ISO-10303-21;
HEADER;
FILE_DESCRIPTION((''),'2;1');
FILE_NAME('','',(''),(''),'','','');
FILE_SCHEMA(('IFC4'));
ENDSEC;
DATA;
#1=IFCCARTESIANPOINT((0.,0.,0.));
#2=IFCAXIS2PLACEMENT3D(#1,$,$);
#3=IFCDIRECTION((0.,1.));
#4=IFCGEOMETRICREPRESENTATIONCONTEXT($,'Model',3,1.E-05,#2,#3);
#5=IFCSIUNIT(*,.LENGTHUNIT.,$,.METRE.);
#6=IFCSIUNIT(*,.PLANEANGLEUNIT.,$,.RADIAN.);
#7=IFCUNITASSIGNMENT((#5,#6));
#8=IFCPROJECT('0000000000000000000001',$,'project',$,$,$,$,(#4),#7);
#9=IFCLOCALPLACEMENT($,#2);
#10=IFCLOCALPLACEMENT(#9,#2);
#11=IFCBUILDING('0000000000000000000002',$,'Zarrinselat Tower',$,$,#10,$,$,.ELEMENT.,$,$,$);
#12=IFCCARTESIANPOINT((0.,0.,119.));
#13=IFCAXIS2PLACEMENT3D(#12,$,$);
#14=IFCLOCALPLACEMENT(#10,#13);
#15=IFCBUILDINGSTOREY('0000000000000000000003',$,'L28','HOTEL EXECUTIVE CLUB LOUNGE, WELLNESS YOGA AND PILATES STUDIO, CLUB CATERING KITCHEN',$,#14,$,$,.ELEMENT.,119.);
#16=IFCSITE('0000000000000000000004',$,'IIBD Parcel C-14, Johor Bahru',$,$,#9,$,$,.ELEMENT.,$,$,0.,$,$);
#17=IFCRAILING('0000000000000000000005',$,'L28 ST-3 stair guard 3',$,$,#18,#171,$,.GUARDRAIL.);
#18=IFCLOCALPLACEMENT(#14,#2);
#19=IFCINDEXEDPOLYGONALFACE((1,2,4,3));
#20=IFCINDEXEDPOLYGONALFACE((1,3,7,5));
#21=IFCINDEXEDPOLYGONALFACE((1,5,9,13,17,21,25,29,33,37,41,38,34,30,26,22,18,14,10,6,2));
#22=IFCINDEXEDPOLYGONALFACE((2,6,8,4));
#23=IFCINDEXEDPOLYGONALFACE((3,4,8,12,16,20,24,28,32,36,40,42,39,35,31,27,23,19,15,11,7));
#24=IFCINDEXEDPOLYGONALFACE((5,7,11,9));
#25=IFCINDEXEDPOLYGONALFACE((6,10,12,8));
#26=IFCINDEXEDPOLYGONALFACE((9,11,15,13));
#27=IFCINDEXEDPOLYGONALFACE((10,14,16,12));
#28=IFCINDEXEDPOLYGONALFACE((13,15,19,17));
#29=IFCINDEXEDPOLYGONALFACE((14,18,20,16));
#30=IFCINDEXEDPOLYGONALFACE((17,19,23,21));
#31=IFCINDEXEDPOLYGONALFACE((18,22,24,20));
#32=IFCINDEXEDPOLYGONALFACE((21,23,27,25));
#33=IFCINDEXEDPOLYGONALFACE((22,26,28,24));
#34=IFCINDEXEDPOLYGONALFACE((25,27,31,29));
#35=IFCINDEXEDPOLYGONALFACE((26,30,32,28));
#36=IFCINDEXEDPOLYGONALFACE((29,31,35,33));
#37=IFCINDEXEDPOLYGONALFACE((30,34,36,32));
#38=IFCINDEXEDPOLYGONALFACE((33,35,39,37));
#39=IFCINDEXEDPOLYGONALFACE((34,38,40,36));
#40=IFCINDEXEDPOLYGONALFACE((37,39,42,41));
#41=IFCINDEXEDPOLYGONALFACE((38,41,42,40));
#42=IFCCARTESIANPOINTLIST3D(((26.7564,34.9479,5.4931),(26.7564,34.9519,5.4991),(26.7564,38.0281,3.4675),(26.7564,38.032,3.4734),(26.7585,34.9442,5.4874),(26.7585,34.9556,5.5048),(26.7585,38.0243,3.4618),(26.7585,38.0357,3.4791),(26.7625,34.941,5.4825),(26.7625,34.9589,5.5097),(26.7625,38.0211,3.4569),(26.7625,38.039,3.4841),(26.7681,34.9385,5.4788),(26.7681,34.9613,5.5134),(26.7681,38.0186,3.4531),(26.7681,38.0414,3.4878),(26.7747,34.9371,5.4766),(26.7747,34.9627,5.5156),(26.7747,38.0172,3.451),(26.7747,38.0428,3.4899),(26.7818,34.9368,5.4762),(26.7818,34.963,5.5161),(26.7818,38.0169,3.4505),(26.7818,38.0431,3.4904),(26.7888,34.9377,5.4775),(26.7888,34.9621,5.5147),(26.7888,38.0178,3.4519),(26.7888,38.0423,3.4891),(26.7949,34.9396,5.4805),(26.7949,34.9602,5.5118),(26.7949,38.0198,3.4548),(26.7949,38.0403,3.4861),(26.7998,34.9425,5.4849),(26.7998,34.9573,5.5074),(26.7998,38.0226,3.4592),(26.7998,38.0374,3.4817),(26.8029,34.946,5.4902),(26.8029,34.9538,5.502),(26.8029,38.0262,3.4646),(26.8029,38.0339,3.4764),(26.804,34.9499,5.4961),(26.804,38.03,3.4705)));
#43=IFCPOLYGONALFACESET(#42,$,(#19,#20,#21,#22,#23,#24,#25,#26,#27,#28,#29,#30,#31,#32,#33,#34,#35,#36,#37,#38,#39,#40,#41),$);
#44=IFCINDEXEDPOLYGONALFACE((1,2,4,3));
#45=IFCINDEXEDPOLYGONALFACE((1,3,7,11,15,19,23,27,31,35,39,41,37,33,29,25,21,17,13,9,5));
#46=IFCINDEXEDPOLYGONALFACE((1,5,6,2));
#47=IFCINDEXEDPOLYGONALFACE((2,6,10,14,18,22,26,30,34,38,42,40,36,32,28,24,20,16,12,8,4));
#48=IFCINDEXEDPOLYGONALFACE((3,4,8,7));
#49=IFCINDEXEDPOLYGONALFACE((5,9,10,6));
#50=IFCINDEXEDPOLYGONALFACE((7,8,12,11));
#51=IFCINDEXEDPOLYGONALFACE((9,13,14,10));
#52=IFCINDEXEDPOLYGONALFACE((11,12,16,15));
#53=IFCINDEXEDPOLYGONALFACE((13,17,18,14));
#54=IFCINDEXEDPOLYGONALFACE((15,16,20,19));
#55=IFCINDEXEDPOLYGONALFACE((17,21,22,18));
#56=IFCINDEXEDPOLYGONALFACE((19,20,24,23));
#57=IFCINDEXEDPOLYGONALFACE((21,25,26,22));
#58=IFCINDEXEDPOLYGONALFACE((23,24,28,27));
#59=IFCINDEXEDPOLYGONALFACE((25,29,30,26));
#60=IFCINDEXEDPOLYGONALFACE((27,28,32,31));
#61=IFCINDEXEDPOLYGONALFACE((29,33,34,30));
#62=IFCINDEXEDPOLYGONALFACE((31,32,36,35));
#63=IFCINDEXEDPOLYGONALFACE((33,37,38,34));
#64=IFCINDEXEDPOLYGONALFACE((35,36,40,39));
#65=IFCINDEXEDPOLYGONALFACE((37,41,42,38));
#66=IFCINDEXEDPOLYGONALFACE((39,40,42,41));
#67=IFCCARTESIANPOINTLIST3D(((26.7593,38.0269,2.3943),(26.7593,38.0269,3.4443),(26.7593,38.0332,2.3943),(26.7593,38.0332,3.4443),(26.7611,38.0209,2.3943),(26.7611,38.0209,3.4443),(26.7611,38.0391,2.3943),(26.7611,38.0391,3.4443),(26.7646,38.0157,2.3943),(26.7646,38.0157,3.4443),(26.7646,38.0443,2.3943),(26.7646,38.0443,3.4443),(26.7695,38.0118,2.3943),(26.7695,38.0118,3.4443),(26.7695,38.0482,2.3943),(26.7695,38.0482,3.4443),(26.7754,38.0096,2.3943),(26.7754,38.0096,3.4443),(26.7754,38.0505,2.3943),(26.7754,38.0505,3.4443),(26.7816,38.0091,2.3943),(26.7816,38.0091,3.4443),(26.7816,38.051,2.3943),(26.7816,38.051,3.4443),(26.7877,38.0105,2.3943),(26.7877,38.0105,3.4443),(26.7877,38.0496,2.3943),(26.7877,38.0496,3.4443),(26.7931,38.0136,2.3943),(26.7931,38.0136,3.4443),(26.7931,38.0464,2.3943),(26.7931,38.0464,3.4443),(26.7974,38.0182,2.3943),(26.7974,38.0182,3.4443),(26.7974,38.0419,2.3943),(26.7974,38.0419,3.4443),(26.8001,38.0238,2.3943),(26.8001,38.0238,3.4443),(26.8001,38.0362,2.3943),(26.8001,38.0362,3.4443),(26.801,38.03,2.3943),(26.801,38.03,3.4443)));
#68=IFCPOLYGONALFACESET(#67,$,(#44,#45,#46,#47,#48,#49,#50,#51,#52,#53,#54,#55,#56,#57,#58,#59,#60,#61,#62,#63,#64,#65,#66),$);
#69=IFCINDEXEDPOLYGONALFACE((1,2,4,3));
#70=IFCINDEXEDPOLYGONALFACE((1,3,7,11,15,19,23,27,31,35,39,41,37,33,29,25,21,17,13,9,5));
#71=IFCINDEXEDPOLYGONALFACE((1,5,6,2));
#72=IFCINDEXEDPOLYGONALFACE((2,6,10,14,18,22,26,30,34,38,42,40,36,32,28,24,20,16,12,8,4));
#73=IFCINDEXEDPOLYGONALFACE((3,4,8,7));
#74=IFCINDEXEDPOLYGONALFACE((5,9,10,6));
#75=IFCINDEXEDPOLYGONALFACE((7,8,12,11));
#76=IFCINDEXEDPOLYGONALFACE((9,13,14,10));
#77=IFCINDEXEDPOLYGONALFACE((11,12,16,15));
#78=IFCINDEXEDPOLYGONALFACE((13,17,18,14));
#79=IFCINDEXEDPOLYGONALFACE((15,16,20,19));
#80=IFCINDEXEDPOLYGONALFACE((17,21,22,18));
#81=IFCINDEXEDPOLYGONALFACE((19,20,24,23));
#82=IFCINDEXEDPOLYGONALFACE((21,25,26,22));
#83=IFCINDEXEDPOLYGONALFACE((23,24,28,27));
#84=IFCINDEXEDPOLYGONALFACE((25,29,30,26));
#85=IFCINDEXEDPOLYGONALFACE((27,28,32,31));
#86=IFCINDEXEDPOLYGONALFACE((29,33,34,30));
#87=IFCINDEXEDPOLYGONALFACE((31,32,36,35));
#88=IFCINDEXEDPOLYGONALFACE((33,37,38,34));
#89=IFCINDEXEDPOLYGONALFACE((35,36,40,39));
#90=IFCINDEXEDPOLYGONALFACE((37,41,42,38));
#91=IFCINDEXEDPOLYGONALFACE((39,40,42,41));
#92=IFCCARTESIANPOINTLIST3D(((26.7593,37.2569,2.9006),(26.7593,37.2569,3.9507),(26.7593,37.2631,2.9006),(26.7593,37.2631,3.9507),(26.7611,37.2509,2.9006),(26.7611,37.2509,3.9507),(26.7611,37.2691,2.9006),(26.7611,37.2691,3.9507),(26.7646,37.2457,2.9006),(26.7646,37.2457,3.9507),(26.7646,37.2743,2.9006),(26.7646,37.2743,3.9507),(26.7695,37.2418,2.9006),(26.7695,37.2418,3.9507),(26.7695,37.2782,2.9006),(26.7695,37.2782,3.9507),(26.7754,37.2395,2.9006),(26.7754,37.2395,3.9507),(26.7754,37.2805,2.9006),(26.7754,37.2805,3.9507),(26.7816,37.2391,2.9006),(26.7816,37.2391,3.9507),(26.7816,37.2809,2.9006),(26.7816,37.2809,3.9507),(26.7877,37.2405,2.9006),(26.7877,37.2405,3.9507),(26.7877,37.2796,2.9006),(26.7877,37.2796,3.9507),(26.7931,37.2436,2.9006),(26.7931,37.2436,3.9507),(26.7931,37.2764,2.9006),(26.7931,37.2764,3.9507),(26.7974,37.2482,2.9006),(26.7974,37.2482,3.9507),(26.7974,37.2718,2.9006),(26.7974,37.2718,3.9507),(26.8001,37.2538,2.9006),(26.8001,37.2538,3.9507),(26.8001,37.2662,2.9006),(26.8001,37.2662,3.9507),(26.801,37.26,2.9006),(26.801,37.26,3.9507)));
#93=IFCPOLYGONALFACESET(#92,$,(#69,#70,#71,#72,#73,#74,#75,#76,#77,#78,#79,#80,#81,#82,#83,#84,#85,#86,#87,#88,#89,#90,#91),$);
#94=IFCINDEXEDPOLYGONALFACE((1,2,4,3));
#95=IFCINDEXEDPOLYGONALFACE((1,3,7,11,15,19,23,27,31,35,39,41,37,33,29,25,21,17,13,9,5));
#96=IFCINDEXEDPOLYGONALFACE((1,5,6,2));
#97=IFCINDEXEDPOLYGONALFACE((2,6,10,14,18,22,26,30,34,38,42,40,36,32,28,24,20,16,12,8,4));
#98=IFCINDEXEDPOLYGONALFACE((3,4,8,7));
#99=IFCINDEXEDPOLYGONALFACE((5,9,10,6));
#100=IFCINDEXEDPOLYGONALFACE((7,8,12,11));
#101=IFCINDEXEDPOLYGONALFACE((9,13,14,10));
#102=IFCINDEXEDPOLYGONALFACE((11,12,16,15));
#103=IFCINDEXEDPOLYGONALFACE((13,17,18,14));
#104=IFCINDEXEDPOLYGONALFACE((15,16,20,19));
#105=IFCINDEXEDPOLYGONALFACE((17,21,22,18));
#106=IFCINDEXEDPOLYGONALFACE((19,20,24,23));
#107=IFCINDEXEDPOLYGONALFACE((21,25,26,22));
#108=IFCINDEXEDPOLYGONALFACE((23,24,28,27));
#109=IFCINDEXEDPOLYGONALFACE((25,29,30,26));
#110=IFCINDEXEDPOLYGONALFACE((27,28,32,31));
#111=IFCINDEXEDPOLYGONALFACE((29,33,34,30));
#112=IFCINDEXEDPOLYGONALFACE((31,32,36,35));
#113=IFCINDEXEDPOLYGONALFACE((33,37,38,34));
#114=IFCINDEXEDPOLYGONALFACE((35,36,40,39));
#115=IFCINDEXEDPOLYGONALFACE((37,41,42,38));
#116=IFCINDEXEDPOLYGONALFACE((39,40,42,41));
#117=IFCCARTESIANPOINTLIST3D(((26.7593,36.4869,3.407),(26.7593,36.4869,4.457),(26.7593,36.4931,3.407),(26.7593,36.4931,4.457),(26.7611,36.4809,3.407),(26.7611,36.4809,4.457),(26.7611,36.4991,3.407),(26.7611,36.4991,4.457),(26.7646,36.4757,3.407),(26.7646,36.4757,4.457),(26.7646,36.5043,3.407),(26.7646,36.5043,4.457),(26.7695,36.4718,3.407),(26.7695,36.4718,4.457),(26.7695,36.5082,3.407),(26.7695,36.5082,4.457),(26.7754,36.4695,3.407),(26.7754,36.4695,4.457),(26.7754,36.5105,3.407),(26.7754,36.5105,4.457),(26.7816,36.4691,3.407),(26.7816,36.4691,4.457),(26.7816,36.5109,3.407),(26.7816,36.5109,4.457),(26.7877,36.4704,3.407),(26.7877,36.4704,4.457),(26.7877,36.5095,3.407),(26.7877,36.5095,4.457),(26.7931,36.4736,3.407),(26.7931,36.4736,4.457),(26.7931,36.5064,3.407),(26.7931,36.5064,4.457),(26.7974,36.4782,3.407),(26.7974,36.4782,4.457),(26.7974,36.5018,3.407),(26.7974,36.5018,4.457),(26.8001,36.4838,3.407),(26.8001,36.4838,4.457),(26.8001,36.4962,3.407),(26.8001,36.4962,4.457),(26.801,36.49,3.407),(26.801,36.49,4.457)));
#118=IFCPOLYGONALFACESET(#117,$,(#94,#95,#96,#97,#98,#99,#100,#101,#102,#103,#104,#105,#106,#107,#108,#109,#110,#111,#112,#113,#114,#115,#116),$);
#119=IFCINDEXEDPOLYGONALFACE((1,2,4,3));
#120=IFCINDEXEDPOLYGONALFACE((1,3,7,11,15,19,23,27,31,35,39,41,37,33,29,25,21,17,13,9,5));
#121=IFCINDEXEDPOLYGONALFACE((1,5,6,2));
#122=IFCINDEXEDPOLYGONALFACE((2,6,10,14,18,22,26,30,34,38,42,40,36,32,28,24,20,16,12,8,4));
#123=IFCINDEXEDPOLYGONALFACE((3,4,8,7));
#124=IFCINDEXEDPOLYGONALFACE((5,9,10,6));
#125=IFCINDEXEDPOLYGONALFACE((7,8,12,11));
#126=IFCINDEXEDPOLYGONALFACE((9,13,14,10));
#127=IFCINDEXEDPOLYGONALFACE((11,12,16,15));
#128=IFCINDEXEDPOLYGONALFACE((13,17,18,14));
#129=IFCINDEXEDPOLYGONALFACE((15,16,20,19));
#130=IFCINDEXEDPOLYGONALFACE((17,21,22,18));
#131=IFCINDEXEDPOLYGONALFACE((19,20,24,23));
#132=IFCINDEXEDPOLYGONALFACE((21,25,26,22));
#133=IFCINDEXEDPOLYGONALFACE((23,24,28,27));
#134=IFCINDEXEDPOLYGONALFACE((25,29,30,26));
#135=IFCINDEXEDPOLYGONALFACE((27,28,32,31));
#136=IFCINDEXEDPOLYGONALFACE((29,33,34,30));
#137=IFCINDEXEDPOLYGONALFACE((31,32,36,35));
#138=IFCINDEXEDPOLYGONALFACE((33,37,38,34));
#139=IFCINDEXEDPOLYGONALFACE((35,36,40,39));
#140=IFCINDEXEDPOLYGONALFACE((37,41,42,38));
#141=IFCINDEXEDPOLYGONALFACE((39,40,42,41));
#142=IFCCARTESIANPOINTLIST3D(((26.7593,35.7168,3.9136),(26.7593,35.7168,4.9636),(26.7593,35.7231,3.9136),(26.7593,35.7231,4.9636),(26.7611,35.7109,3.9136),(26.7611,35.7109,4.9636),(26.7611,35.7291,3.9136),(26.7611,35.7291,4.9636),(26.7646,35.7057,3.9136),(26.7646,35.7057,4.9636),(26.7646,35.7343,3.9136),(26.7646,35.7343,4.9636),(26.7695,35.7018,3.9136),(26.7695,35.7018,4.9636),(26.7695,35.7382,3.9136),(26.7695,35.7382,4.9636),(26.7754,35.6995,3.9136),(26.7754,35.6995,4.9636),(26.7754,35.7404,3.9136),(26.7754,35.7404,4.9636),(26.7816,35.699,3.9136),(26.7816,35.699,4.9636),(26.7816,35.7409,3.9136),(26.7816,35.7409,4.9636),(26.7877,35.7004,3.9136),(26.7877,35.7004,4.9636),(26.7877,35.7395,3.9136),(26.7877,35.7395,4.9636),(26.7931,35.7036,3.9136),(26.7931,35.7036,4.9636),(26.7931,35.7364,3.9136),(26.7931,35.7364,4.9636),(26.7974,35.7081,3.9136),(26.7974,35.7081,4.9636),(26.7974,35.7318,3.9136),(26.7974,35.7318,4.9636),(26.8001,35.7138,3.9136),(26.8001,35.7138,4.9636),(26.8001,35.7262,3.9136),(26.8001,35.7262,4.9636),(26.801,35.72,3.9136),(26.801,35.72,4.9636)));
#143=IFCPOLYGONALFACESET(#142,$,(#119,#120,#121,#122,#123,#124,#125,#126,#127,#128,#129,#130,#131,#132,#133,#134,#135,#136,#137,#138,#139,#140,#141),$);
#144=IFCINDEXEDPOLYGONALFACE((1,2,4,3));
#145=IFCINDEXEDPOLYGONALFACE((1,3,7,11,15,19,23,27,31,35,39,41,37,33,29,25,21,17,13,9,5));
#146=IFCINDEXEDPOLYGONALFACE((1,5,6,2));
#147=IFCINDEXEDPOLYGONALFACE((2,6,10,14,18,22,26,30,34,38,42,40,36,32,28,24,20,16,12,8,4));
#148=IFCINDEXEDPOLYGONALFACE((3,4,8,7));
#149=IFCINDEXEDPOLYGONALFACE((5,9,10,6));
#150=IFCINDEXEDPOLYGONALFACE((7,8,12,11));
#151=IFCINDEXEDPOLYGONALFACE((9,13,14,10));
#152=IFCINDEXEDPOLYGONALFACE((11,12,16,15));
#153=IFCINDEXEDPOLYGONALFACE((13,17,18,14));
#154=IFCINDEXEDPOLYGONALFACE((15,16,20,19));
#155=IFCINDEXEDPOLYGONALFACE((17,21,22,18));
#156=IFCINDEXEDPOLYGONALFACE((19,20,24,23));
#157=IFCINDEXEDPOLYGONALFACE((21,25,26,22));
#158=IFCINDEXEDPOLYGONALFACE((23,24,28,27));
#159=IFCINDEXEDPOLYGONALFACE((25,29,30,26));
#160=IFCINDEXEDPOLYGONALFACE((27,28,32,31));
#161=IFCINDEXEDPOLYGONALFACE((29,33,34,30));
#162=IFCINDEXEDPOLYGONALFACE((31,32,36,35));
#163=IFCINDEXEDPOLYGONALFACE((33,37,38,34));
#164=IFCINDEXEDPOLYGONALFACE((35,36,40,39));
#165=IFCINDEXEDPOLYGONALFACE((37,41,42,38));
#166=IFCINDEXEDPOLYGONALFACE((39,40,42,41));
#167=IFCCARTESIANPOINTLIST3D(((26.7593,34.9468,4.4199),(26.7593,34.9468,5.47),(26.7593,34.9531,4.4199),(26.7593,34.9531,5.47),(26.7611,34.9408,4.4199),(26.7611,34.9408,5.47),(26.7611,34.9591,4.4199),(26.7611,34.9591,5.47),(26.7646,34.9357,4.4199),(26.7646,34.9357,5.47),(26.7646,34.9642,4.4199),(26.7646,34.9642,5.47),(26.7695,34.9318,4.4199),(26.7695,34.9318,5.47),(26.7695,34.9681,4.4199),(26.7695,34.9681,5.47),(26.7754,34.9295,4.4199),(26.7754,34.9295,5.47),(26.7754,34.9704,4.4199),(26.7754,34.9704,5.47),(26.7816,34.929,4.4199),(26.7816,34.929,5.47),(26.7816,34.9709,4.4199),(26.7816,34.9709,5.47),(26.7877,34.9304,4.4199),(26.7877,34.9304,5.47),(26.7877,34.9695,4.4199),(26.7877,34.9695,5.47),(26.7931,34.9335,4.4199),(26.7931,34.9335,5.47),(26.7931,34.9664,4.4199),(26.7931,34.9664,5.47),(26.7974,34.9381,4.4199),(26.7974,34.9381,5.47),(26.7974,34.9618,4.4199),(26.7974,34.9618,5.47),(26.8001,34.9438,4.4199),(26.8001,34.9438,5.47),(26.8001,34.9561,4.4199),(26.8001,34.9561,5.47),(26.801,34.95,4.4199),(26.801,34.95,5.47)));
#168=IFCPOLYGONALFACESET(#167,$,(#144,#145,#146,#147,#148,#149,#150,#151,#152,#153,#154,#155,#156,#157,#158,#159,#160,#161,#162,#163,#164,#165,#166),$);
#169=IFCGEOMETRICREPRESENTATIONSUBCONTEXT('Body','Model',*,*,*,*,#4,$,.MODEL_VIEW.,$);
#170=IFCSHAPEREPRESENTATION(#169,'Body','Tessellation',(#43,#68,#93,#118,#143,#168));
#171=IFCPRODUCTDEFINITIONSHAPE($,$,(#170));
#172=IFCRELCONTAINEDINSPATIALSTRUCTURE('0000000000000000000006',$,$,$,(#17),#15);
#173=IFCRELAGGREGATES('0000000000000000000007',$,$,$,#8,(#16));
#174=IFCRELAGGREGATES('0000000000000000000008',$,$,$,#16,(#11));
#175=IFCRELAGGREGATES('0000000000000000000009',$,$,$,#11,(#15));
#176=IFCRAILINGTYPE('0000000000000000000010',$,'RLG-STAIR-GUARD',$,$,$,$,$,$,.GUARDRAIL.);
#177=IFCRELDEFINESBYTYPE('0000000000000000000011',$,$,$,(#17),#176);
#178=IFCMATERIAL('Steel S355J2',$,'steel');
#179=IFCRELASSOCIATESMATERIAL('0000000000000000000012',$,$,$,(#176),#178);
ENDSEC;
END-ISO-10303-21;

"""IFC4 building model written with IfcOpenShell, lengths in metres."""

from ifc_helpers import new_model, si_unit, direction, frame, origin, origin_2d, place, context, subcontext, project, spatial, circle, extrude, material, type_object, element, save


model = new_model("IFC4")

# Units and contexts
model_context = context("Model", 3, precision=1e-05, world=origin(), true_north=direction((0.0, 1.0)))
body_context = subcontext(model_context, "Body", "Model", "MODEL_VIEW")
ifc_project = project(units=[si_unit("LENGTHUNIT", "METRE"), si_unit("PLANEANGLEUNIT", "RADIAN")], contexts=[model_context])

# Site, building, storey
site_placement = place(None, origin())
site = spatial("IfcSite", under=ifc_project, at=site_placement, Name="IIBD Parcel C-14, Johor Bahru", CompositionType="ELEMENT", RefElevation=0.0)
building_placement = place(site_placement, origin())
building = spatial("IfcBuilding", under=site, at=building_placement, Name="Zarrinselat Tower", CompositionType="ELEMENT")
storey_placement = place(building_placement, frame((0.0, 0.0, 119.0)))
storey = spatial("IfcBuildingStorey", under=building, at=storey_placement, Name="L28", Description="HOTEL EXECUTIVE CLUB LOUNGE, WELLNESS YOGA AND PILATES STUDIO, CLUB CATERING KITCHEN", CompositionType="ELEMENT", Elevation=119.0)

# Railing
ifc_material_1 = material(Name="Steel S355J2", Category="steel")
railing_type_1 = type_object("IfcRailingType", Name="RLG-STAIR-GUARD", PredefinedType="GUARDRAIL", material=ifc_material_1)
railing_1_placement = place(storey_placement, frame((26.78, 38.03, 2.3943)))
element("IfcRailing", 1, at=railing_1_placement, inside=storey, type_object=railing_type_1, Name="L28 ST-3 stair guard 3", PredefinedType="GUARDRAIL", context=body_context, shape_type="SweptSolid", body=[
    extrude(circle(Radius=0.0239, at=origin_2d()), frame((0.0, 0.0, 1.0762), z_axis=(0.0, -0.835508, 0.549478), x_axis=(1.0, 0.0, 0.0)), (0.0, 0.0, 1.0), 3.6865),
    extrude(circle(Radius=0.021, at=origin_2d()), origin(), (0.0, 0.0, 1.0), 1.05),
    extrude(circle(Radius=0.021, at=origin_2d()), frame((0.0, -0.77, 0.5063)), (0.0, 0.0, 1.0), 1.05),
    extrude(circle(Radius=0.021, at=origin_2d()), frame((0.0, -1.54, 1.0127)), (0.0, 0.0, 1.0), 1.05),
    extrude(circle(Radius=0.021, at=origin_2d()), frame((0.0, -2.3101, 1.5193)), (0.0, 0.0, 1.0), 1.05),
    extrude(circle(Radius=0.021, at=origin_2d()), frame((0.0, -3.0801, 2.0256)), (0.0, 0.0, 1.0), 1.05),
])

save(model, "model.ifc")
